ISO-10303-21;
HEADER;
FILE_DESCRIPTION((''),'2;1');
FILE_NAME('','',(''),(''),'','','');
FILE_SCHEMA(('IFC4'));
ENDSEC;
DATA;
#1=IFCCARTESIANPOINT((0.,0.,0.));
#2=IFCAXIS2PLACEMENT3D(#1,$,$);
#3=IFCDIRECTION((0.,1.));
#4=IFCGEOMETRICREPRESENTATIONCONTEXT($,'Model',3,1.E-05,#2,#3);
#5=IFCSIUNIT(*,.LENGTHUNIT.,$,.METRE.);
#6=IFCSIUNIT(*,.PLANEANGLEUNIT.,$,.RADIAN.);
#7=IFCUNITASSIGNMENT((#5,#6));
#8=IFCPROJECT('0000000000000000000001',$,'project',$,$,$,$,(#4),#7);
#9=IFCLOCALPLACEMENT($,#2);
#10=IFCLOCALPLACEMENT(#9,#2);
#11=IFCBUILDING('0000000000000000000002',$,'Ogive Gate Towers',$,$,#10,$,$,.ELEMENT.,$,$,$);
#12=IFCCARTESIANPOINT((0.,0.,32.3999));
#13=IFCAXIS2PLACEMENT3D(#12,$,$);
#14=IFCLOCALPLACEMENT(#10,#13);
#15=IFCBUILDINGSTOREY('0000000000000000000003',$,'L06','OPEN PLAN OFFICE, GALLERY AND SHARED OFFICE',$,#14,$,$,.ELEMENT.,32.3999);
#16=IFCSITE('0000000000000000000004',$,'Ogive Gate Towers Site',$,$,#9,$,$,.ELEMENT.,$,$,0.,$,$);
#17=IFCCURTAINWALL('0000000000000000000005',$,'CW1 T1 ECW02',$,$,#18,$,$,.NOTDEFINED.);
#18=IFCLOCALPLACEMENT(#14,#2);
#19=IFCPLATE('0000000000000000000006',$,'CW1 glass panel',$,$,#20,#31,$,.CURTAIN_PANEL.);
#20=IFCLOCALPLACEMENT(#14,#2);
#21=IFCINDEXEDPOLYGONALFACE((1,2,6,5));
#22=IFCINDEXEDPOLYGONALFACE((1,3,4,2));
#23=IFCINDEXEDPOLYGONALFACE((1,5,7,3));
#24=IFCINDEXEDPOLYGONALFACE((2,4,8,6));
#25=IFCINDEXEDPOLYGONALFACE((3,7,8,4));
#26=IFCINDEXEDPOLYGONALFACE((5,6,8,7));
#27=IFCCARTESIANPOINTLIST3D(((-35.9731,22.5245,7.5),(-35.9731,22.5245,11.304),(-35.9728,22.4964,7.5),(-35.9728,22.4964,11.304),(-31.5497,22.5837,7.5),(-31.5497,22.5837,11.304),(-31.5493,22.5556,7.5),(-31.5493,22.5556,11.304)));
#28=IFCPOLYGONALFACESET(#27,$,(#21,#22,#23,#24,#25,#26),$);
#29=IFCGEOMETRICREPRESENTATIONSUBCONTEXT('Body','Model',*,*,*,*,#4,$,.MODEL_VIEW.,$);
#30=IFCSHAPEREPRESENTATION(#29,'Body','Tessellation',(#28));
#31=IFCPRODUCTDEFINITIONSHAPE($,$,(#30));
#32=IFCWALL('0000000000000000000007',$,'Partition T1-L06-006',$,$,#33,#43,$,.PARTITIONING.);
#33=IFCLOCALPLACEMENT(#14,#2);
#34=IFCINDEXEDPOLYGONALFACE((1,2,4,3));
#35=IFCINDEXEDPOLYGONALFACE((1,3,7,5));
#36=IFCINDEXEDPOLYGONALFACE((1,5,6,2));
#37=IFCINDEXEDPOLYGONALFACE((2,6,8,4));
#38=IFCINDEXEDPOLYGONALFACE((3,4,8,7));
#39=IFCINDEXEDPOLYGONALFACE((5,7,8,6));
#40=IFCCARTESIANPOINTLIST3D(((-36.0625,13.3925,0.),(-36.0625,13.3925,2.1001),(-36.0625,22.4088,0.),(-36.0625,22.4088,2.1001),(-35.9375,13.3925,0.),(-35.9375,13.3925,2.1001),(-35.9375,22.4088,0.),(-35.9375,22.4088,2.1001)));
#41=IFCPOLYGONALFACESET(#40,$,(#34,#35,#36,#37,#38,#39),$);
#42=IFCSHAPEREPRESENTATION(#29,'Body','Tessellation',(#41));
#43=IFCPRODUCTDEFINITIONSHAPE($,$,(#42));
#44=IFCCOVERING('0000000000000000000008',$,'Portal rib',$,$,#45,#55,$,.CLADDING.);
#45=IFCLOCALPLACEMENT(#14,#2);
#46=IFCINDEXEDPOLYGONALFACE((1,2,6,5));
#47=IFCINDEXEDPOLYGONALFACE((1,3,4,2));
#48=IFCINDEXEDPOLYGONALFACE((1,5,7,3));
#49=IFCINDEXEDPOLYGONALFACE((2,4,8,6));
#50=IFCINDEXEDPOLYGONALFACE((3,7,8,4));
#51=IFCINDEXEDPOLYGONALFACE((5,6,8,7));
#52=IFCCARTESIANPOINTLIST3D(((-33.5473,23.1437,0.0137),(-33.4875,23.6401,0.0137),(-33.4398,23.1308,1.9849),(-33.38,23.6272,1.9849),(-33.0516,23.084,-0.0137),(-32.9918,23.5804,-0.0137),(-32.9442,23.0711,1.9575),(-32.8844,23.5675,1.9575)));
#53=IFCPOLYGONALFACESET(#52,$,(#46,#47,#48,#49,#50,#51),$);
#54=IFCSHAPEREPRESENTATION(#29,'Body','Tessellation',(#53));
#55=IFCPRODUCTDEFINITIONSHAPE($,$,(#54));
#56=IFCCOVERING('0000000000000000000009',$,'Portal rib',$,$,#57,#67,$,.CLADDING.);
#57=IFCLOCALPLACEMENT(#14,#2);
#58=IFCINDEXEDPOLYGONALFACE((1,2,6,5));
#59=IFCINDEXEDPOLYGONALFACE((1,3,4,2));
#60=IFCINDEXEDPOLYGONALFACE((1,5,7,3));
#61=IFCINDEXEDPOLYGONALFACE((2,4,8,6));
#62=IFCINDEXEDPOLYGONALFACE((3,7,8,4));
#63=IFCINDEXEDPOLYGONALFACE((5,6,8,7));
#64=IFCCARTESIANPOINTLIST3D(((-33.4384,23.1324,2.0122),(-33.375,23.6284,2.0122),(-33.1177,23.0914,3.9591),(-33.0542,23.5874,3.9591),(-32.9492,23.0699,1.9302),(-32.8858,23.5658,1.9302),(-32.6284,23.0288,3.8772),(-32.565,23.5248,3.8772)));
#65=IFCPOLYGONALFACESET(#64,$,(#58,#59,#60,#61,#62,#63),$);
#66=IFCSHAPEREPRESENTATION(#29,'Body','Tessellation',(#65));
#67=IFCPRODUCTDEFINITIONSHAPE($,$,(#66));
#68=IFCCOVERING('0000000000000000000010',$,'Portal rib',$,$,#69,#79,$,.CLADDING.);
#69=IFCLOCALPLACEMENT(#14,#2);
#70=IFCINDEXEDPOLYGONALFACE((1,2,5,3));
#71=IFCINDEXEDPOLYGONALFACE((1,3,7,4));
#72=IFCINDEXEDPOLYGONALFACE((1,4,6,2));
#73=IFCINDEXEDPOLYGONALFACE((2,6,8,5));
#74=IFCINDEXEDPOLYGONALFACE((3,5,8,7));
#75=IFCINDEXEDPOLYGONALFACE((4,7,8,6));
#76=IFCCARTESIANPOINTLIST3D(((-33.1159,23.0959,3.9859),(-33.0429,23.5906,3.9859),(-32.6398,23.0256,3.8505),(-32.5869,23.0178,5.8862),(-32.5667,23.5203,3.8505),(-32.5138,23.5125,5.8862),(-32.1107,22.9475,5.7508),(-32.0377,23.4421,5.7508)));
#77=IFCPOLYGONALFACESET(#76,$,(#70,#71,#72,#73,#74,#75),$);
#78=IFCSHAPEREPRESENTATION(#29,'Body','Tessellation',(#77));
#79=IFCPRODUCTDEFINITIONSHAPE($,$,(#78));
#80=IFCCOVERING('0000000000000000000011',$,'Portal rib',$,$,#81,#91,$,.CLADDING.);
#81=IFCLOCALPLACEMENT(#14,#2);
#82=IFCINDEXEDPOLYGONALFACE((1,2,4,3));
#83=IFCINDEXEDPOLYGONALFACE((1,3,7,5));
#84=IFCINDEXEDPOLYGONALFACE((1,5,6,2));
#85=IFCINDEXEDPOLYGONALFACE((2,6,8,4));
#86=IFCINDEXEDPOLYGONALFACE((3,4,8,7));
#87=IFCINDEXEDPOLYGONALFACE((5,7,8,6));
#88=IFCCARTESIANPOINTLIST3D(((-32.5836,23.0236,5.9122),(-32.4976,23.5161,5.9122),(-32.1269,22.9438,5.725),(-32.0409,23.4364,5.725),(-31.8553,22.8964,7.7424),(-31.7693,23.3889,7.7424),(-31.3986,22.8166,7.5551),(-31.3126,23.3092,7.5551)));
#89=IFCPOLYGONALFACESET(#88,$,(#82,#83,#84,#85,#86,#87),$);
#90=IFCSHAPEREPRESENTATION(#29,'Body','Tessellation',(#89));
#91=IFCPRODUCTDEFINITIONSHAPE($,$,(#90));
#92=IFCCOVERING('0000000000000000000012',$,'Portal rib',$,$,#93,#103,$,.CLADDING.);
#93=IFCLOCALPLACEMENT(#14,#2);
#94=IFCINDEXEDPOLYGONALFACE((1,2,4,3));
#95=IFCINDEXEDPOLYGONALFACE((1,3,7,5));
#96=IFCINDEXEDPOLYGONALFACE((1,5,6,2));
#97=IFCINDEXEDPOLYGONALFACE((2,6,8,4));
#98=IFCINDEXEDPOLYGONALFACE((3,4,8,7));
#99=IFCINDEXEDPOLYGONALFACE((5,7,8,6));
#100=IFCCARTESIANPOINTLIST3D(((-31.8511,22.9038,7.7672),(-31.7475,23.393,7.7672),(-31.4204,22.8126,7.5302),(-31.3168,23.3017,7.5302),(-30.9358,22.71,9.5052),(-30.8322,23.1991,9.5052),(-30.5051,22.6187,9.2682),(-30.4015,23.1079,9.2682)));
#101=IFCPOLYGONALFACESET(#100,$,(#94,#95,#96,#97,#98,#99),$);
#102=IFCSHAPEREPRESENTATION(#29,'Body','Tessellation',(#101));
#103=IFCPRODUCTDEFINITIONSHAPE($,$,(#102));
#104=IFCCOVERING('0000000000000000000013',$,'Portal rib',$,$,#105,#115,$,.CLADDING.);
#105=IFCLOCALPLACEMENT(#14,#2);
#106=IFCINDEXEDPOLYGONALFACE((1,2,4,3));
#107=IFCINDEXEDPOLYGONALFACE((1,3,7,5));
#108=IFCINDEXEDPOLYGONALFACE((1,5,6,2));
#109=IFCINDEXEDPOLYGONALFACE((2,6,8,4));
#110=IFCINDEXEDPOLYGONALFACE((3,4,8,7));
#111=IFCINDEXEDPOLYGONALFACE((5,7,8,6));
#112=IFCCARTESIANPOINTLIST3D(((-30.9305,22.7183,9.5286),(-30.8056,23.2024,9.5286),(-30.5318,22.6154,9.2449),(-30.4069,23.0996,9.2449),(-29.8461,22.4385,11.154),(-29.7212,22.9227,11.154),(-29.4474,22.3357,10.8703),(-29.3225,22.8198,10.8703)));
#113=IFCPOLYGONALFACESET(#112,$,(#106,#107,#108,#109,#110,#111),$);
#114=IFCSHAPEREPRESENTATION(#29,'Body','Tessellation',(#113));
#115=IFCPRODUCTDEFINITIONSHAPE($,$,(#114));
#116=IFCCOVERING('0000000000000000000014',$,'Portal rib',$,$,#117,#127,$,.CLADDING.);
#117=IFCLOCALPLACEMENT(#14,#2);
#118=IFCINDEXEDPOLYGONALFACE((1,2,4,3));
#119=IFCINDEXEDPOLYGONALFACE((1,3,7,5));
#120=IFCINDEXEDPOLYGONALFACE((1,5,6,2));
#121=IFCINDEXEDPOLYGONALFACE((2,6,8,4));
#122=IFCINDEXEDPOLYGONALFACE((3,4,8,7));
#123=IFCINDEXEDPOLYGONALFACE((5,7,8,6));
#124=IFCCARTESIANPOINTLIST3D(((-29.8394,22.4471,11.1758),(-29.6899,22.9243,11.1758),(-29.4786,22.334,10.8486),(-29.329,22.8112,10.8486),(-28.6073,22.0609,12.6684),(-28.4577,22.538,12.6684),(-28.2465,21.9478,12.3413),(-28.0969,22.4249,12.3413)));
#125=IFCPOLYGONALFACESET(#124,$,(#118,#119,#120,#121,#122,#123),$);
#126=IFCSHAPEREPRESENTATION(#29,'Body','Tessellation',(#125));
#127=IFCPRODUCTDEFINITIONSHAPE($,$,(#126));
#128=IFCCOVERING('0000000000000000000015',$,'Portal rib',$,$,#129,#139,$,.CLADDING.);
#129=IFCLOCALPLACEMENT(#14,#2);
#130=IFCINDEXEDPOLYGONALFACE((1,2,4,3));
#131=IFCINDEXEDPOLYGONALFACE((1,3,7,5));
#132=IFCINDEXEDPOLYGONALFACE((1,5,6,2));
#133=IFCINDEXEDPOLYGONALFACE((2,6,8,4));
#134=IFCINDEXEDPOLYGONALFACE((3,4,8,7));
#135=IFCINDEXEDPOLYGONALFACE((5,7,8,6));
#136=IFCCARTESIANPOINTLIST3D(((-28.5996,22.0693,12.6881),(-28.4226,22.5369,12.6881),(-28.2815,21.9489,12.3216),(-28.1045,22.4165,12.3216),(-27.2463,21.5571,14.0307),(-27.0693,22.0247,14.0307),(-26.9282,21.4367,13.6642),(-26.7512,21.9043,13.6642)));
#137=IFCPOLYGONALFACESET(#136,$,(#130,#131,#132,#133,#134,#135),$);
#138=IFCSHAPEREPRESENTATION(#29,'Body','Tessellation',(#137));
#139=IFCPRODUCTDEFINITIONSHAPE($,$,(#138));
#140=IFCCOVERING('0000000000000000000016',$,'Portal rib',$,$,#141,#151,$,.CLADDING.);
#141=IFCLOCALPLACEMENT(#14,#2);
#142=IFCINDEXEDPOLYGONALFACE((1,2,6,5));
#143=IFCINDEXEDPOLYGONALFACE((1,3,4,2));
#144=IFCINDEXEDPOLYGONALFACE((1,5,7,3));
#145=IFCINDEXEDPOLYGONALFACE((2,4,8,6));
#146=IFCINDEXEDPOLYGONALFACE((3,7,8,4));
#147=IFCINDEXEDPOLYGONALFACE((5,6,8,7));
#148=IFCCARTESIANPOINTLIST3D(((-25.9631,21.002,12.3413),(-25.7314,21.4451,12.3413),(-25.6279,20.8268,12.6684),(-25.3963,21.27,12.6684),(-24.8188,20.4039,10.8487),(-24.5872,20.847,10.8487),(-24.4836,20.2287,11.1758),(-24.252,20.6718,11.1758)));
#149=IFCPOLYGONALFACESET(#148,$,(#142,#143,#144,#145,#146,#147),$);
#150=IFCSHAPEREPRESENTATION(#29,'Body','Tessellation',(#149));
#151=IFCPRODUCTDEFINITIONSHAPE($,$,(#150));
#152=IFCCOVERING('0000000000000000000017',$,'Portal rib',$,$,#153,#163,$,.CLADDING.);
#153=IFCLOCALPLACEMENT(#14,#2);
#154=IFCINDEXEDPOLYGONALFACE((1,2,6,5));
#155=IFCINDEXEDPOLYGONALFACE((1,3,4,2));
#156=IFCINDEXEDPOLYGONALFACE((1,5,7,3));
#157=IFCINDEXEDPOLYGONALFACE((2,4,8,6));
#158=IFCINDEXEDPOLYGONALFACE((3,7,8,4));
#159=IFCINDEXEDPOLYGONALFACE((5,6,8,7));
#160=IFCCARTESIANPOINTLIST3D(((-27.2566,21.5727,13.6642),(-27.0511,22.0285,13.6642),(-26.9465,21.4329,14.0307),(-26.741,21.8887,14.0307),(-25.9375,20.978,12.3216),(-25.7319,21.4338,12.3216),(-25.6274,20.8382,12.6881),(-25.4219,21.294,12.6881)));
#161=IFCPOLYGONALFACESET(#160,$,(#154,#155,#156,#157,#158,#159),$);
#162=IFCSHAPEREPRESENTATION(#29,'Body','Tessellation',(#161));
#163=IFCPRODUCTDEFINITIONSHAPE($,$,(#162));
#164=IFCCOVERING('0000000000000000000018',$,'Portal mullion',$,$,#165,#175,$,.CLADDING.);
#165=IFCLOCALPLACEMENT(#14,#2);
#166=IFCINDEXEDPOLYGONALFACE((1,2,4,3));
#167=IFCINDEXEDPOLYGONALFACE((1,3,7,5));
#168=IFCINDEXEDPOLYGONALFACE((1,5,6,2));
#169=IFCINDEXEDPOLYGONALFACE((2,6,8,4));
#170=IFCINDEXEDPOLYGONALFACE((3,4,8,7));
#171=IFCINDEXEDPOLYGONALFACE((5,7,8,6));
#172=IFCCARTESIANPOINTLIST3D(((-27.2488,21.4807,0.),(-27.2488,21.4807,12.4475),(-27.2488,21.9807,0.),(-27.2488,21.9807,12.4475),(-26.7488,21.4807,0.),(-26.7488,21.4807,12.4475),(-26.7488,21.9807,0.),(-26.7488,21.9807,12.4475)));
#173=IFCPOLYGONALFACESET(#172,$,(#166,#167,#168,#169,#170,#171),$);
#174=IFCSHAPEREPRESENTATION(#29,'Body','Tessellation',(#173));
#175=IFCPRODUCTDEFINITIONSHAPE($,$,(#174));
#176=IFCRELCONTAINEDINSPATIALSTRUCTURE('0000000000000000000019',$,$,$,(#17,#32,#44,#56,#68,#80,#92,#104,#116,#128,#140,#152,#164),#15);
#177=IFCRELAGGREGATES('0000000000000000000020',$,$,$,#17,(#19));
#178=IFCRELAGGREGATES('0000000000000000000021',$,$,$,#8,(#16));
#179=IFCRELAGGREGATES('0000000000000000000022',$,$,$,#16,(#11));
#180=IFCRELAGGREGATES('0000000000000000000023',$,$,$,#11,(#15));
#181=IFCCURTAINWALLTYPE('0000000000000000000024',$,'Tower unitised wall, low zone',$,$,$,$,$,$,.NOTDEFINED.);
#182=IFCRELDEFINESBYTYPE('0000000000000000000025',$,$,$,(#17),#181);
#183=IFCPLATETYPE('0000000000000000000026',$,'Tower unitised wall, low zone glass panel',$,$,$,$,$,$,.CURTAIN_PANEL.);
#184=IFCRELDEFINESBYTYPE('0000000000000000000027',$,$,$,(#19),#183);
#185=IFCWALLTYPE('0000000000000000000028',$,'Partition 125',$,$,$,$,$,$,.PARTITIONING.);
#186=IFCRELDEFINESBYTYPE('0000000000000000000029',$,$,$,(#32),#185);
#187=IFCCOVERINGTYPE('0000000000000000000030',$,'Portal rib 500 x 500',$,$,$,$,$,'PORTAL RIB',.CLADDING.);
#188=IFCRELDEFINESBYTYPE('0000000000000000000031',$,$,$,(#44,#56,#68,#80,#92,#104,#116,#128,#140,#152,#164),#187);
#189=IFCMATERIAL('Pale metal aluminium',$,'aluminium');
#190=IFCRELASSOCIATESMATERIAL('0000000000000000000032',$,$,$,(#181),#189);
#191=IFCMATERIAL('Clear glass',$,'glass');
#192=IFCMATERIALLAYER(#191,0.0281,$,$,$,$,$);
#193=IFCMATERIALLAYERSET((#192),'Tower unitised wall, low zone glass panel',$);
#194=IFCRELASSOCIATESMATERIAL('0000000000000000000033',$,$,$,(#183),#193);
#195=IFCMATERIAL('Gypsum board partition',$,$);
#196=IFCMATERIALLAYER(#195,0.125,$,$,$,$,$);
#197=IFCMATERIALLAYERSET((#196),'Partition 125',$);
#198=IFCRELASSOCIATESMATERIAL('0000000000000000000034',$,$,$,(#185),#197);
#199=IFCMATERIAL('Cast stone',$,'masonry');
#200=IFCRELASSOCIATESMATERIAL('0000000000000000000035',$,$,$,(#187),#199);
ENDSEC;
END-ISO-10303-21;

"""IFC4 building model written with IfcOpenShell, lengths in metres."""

from ifc_helpers import new_model, si_unit, direction, frame, frame_2d, origin, origin_2d, place, context, subcontext, project, spatial, rectangle, extrude, material, layer, layer_set, material_profile, profile_set, type_object, element, aggregate, save


model = new_model("IFC4")

# Units and contexts
model_context = context("Model", 3, precision=1e-05, world=origin(), true_north=direction((0.0, 1.0)))
body_context = subcontext(model_context, "Body", "Model", "MODEL_VIEW")
ifc_project = project(units=[si_unit("LENGTHUNIT", "METRE"), si_unit("PLANEANGLEUNIT", "RADIAN")], contexts=[model_context])

# Site, building, storey
site_placement = place(None, origin())
site = spatial("IfcSite", under=ifc_project, at=site_placement, Name="Ogive Gate Towers Site", CompositionType="ELEMENT", RefElevation=0.0)
building_placement = place(site_placement, origin())
building = spatial("IfcBuilding", under=site, at=building_placement, Name="Ogive Gate Towers", CompositionType="ELEMENT")
storey_placement = place(building_placement, frame((0.0, 0.0, 32.3999)))
storey = spatial("IfcBuildingStorey", under=building, at=storey_placement, Name="L06", Description="OPEN PLAN OFFICE, GALLERY AND SHARED OFFICE", CompositionType="ELEMENT", Elevation=32.3999)

# Curtain wall, plate
ifc_material_1 = material(Name="Pale metal aluminium", Category="aluminium")
curtain_wall_type = type_object("IfcCurtainWallType", Name="Tower unitised wall, low zone", PredefinedType="NOTDEFINED", material=ifc_material_1)
curtain_wall_placement = place(storey_placement, origin())
curtain_wall = element("IfcCurtainWall", 1, at=curtain_wall_placement, inside=storey, type_object=curtain_wall_type, Name="CW1 T1 ECW02", PredefinedType="NOTDEFINED")
ifc_material_2 = material(Name="Clear glass", Category="glass")
ifc_layer_1 = layer(ifc_material_2, 0.0281)
ifc_layer_set_1 = layer_set([ifc_layer_1], Name="Tower unitised wall, low zone glass panel")
plate_type = type_object("IfcPlateType", Name="Tower unitised wall, low zone glass panel", PredefinedType="CURTAIN_PANEL", material=ifc_layer_set_1)
plate_1_placement = place(storey_placement, frame((-33.7612, 22.54, 7.5), z_axis=(0.0, 0.0, 1.0), x_axis=(-0.99991, -0.013386, 0.0)))
plate_1 = element("IfcPlate", 2, at=plate_1_placement, type_object=plate_type, Name="CW1 glass panel", PredefinedType="CURTAIN_PANEL", context=body_context, shape_type="SweptSolid", body=[
    extrude(rectangle(XDim=4.4238, YDim=0.0281, at=origin_2d()), origin(), (0.0, 0.0, 1.0), 3.804),
])
aggregate(curtain_wall, [plate_1])

# Wall
ifc_material_3 = material(Name="Gypsum board partition")
ifc_layer_2 = layer(ifc_material_3, 0.125)
ifc_layer_set_2 = layer_set([ifc_layer_2], Name="Partition 125")
wall_type = type_object("IfcWallType", Name="Partition 125", PredefinedType="PARTITIONING", material=ifc_layer_set_2)
wall_placement = place(storey_placement, frame((-36.0, 22.4089, 0.0), z_axis=(0.0, 0.0, 1.0), x_axis=(0.0, -1.0, 0.0)))
element("IfcWall", 3, at=wall_placement, inside=storey, type_object=wall_type, Name="Partition T1-L06-006", PredefinedType="PARTITIONING", context=body_context, shape_type="SweptSolid", body=[
    extrude(rectangle(XDim=9.0164, YDim=0.125, at=frame_2d((4.5083, 0.0))), origin(), (0.0, 0.0, 1.0), 2.1001),
])

# Coverings
ifc_material_4 = material(Name="Cast stone", Category="masonry")
ifc_material_profile_1 = material_profile(ifc_material_4, rectangle(XDim=0.5, YDim=0.5, at=origin_2d()), Name="500 x 500 cast stone")
ifc_profile_set_1 = profile_set([ifc_material_profile_1], Name="Cast stone")
covering_type = type_object("IfcCoveringType", Name="Portal rib 500 x 500", ElementType="PORTAL RIB", PredefinedType="CLADDING", material=ifc_profile_set_1)
covering_1_placement = place(storey_placement, frame((-33.2695, 23.3621, 0.0), z_axis=(0.054414, -0.006554, 0.998497), x_axis=(0.11959, 0.992823, 0.0)))
element("IfcCovering", 4, at=covering_1_placement, inside=storey, type_object=covering_type, Name="Portal rib", PredefinedType="CLADDING", context=body_context, shape_type="SweptSolid", body=[
    extrude(rectangle(XDim=0.5, YDim=0.5, at=origin_2d()), origin(), (0.0, 0.0, 1.0), 1.9741),
])
covering_2_placement = place(storey_placement, frame((-33.1621, 23.3491, 1.9712), z_axis=(0.162538, -0.020781, 0.986483), x_axis=(0.126822, 0.991926, 0.0)))
element("IfcCovering", 5, at=covering_2_placement, inside=storey, type_object=covering_type, Name="Portal rib", PredefinedType="CLADDING", context=body_context, shape_type="SweptSolid", body=[
    extrude(rectangle(XDim=0.5, YDim=0.5, at=origin_2d()), origin(), (0.0, 0.0, 1.0), 1.9736),
])
covering_3_placement = place(storey_placement, frame((-32.8413, 23.3081, 3.9182), z_axis=(0.267983, -0.039573, 0.962611), x_axis=(0.146085, 0.989272, 0.0)))
element("IfcCovering", 6, at=covering_3_placement, inside=storey, type_object=covering_type, Name="Portal rib", PredefinedType="CLADDING", context=body_context, shape_type="SweptSolid", body=[
    extrude(rectangle(XDim=0.5, YDim=0.5, at=origin_2d()), origin(), (0.0, 0.0, 1.0), 1.9741),
])
for number, where, z_axis, x_axis, name in (
    (7, (-32.3123, 23.23, 5.8186), (0.368976, -0.064444, 0.927202), (0.172052, 0.985088, 0.0), "Portal rib"),
    (8, (-31.584, 23.1028, 7.6487), (0.463704, -0.098208, 0.88053), (0.207194, 0.9783, 0.0), "Portal rib"),
    (9, (-30.6687, 22.9089, 9.3867), (0.549386, -0.141737, 0.82346), (0.249812, 0.968294, 0.0), "Portal rib"),
):
    element("IfcCovering", number, at=place(storey_placement, frame(where, z_axis=z_axis, x_axis=x_axis)), inside=storey, type_object=covering_type, Name=name, PredefinedType="CLADDING", context=body_context, shape_type="SweptSolid", body=[
        extrude(rectangle(XDim=0.5, YDim=0.5, at=origin_2d()), origin(), (0.0, 0.0, 1.0), 1.9739),
    ])
covering_4_placement = place(storey_placement, frame((-29.5842, 22.6292, 11.0122), z_axis=(0.624296, -0.195688, 0.756281), x_axis=(0.299104, 0.954221, 0.0)))
element("IfcCovering", 10, at=covering_4_placement, inside=storey, type_object=covering_type, Name="Portal rib", PredefinedType="CLADDING", context=body_context, shape_type="SweptSolid", body=[
    extrude(rectangle(XDim=0.5, YDim=0.5, at=origin_2d()), origin(), (0.0, 0.0, 1.0), 1.9736),
])
covering_5_placement = place(storey_placement, frame((-28.3521, 22.2429, 12.5049), z_axis=(0.6856, -0.259496, 0.680158), x_axis=(0.353988, 0.93525, 0.0)))
element("IfcCovering", 11, at=covering_5_placement, inside=storey, type_object=covering_type, Name="Portal rib", PredefinedType="CLADDING", context=body_context, shape_type="SweptSolid", body=[
    extrude(rectangle(XDim=0.5, YDim=0.5, at=origin_2d()), origin(), (0.0, 0.0, 1.0), 1.9739),
])
covering_6_placement = place(storey_placement, frame((-24.5354, 20.5378, 11.0122), z_axis=(-0.579785, 0.303067, 0.756306), x_axis=(-0.463251, -0.886227, 0.0)))
element("IfcCovering", 12, at=covering_6_placement, inside=storey, type_object=covering_type, Name="Portal rib", PredefinedType="CLADDING", context=body_context, shape_type="SweptSolid", body=[
    extrude(rectangle(XDim=0.5, YDim=0.5, at=origin_2d()), origin(), (0.0, 0.0, 1.0), 1.9736),
])
covering_7_placement = place(storey_placement, frame((-25.6797, 21.136, 12.5049), z_axis=(-0.668283, 0.301303, 0.680157), x_axis=(-0.411017, -0.911628, 0.0)))
element("IfcCovering", 13, at=covering_7_placement, inside=storey, type_object=covering_type, Name="Portal rib", PredefinedType="CLADDING", context=body_context, shape_type="SweptSolid", body=[
    extrude(rectangle(XDim=0.5, YDim=0.5, at=origin_2d()), origin(), (0.0, 0.0, 1.0), 1.9739),
])
covering_8_placement = place(storey_placement, frame((-26.9988, 21.7307, 0.0), z_axis=(0.0, 0.0, 1.0), x_axis=(1.0, 0.0, 0.0)))
element("IfcCovering", 14, at=covering_8_placement, inside=storey, type_object=covering_type, Name="Portal mullion", PredefinedType="CLADDING", context=body_context, shape_type="SweptSolid", body=[
    extrude(rectangle(XDim=0.5, YDim=0.5, at=origin_2d()), origin(), (0.0, 0.0, 1.0), 12.4475),
])

save(model, "model.ifc")
